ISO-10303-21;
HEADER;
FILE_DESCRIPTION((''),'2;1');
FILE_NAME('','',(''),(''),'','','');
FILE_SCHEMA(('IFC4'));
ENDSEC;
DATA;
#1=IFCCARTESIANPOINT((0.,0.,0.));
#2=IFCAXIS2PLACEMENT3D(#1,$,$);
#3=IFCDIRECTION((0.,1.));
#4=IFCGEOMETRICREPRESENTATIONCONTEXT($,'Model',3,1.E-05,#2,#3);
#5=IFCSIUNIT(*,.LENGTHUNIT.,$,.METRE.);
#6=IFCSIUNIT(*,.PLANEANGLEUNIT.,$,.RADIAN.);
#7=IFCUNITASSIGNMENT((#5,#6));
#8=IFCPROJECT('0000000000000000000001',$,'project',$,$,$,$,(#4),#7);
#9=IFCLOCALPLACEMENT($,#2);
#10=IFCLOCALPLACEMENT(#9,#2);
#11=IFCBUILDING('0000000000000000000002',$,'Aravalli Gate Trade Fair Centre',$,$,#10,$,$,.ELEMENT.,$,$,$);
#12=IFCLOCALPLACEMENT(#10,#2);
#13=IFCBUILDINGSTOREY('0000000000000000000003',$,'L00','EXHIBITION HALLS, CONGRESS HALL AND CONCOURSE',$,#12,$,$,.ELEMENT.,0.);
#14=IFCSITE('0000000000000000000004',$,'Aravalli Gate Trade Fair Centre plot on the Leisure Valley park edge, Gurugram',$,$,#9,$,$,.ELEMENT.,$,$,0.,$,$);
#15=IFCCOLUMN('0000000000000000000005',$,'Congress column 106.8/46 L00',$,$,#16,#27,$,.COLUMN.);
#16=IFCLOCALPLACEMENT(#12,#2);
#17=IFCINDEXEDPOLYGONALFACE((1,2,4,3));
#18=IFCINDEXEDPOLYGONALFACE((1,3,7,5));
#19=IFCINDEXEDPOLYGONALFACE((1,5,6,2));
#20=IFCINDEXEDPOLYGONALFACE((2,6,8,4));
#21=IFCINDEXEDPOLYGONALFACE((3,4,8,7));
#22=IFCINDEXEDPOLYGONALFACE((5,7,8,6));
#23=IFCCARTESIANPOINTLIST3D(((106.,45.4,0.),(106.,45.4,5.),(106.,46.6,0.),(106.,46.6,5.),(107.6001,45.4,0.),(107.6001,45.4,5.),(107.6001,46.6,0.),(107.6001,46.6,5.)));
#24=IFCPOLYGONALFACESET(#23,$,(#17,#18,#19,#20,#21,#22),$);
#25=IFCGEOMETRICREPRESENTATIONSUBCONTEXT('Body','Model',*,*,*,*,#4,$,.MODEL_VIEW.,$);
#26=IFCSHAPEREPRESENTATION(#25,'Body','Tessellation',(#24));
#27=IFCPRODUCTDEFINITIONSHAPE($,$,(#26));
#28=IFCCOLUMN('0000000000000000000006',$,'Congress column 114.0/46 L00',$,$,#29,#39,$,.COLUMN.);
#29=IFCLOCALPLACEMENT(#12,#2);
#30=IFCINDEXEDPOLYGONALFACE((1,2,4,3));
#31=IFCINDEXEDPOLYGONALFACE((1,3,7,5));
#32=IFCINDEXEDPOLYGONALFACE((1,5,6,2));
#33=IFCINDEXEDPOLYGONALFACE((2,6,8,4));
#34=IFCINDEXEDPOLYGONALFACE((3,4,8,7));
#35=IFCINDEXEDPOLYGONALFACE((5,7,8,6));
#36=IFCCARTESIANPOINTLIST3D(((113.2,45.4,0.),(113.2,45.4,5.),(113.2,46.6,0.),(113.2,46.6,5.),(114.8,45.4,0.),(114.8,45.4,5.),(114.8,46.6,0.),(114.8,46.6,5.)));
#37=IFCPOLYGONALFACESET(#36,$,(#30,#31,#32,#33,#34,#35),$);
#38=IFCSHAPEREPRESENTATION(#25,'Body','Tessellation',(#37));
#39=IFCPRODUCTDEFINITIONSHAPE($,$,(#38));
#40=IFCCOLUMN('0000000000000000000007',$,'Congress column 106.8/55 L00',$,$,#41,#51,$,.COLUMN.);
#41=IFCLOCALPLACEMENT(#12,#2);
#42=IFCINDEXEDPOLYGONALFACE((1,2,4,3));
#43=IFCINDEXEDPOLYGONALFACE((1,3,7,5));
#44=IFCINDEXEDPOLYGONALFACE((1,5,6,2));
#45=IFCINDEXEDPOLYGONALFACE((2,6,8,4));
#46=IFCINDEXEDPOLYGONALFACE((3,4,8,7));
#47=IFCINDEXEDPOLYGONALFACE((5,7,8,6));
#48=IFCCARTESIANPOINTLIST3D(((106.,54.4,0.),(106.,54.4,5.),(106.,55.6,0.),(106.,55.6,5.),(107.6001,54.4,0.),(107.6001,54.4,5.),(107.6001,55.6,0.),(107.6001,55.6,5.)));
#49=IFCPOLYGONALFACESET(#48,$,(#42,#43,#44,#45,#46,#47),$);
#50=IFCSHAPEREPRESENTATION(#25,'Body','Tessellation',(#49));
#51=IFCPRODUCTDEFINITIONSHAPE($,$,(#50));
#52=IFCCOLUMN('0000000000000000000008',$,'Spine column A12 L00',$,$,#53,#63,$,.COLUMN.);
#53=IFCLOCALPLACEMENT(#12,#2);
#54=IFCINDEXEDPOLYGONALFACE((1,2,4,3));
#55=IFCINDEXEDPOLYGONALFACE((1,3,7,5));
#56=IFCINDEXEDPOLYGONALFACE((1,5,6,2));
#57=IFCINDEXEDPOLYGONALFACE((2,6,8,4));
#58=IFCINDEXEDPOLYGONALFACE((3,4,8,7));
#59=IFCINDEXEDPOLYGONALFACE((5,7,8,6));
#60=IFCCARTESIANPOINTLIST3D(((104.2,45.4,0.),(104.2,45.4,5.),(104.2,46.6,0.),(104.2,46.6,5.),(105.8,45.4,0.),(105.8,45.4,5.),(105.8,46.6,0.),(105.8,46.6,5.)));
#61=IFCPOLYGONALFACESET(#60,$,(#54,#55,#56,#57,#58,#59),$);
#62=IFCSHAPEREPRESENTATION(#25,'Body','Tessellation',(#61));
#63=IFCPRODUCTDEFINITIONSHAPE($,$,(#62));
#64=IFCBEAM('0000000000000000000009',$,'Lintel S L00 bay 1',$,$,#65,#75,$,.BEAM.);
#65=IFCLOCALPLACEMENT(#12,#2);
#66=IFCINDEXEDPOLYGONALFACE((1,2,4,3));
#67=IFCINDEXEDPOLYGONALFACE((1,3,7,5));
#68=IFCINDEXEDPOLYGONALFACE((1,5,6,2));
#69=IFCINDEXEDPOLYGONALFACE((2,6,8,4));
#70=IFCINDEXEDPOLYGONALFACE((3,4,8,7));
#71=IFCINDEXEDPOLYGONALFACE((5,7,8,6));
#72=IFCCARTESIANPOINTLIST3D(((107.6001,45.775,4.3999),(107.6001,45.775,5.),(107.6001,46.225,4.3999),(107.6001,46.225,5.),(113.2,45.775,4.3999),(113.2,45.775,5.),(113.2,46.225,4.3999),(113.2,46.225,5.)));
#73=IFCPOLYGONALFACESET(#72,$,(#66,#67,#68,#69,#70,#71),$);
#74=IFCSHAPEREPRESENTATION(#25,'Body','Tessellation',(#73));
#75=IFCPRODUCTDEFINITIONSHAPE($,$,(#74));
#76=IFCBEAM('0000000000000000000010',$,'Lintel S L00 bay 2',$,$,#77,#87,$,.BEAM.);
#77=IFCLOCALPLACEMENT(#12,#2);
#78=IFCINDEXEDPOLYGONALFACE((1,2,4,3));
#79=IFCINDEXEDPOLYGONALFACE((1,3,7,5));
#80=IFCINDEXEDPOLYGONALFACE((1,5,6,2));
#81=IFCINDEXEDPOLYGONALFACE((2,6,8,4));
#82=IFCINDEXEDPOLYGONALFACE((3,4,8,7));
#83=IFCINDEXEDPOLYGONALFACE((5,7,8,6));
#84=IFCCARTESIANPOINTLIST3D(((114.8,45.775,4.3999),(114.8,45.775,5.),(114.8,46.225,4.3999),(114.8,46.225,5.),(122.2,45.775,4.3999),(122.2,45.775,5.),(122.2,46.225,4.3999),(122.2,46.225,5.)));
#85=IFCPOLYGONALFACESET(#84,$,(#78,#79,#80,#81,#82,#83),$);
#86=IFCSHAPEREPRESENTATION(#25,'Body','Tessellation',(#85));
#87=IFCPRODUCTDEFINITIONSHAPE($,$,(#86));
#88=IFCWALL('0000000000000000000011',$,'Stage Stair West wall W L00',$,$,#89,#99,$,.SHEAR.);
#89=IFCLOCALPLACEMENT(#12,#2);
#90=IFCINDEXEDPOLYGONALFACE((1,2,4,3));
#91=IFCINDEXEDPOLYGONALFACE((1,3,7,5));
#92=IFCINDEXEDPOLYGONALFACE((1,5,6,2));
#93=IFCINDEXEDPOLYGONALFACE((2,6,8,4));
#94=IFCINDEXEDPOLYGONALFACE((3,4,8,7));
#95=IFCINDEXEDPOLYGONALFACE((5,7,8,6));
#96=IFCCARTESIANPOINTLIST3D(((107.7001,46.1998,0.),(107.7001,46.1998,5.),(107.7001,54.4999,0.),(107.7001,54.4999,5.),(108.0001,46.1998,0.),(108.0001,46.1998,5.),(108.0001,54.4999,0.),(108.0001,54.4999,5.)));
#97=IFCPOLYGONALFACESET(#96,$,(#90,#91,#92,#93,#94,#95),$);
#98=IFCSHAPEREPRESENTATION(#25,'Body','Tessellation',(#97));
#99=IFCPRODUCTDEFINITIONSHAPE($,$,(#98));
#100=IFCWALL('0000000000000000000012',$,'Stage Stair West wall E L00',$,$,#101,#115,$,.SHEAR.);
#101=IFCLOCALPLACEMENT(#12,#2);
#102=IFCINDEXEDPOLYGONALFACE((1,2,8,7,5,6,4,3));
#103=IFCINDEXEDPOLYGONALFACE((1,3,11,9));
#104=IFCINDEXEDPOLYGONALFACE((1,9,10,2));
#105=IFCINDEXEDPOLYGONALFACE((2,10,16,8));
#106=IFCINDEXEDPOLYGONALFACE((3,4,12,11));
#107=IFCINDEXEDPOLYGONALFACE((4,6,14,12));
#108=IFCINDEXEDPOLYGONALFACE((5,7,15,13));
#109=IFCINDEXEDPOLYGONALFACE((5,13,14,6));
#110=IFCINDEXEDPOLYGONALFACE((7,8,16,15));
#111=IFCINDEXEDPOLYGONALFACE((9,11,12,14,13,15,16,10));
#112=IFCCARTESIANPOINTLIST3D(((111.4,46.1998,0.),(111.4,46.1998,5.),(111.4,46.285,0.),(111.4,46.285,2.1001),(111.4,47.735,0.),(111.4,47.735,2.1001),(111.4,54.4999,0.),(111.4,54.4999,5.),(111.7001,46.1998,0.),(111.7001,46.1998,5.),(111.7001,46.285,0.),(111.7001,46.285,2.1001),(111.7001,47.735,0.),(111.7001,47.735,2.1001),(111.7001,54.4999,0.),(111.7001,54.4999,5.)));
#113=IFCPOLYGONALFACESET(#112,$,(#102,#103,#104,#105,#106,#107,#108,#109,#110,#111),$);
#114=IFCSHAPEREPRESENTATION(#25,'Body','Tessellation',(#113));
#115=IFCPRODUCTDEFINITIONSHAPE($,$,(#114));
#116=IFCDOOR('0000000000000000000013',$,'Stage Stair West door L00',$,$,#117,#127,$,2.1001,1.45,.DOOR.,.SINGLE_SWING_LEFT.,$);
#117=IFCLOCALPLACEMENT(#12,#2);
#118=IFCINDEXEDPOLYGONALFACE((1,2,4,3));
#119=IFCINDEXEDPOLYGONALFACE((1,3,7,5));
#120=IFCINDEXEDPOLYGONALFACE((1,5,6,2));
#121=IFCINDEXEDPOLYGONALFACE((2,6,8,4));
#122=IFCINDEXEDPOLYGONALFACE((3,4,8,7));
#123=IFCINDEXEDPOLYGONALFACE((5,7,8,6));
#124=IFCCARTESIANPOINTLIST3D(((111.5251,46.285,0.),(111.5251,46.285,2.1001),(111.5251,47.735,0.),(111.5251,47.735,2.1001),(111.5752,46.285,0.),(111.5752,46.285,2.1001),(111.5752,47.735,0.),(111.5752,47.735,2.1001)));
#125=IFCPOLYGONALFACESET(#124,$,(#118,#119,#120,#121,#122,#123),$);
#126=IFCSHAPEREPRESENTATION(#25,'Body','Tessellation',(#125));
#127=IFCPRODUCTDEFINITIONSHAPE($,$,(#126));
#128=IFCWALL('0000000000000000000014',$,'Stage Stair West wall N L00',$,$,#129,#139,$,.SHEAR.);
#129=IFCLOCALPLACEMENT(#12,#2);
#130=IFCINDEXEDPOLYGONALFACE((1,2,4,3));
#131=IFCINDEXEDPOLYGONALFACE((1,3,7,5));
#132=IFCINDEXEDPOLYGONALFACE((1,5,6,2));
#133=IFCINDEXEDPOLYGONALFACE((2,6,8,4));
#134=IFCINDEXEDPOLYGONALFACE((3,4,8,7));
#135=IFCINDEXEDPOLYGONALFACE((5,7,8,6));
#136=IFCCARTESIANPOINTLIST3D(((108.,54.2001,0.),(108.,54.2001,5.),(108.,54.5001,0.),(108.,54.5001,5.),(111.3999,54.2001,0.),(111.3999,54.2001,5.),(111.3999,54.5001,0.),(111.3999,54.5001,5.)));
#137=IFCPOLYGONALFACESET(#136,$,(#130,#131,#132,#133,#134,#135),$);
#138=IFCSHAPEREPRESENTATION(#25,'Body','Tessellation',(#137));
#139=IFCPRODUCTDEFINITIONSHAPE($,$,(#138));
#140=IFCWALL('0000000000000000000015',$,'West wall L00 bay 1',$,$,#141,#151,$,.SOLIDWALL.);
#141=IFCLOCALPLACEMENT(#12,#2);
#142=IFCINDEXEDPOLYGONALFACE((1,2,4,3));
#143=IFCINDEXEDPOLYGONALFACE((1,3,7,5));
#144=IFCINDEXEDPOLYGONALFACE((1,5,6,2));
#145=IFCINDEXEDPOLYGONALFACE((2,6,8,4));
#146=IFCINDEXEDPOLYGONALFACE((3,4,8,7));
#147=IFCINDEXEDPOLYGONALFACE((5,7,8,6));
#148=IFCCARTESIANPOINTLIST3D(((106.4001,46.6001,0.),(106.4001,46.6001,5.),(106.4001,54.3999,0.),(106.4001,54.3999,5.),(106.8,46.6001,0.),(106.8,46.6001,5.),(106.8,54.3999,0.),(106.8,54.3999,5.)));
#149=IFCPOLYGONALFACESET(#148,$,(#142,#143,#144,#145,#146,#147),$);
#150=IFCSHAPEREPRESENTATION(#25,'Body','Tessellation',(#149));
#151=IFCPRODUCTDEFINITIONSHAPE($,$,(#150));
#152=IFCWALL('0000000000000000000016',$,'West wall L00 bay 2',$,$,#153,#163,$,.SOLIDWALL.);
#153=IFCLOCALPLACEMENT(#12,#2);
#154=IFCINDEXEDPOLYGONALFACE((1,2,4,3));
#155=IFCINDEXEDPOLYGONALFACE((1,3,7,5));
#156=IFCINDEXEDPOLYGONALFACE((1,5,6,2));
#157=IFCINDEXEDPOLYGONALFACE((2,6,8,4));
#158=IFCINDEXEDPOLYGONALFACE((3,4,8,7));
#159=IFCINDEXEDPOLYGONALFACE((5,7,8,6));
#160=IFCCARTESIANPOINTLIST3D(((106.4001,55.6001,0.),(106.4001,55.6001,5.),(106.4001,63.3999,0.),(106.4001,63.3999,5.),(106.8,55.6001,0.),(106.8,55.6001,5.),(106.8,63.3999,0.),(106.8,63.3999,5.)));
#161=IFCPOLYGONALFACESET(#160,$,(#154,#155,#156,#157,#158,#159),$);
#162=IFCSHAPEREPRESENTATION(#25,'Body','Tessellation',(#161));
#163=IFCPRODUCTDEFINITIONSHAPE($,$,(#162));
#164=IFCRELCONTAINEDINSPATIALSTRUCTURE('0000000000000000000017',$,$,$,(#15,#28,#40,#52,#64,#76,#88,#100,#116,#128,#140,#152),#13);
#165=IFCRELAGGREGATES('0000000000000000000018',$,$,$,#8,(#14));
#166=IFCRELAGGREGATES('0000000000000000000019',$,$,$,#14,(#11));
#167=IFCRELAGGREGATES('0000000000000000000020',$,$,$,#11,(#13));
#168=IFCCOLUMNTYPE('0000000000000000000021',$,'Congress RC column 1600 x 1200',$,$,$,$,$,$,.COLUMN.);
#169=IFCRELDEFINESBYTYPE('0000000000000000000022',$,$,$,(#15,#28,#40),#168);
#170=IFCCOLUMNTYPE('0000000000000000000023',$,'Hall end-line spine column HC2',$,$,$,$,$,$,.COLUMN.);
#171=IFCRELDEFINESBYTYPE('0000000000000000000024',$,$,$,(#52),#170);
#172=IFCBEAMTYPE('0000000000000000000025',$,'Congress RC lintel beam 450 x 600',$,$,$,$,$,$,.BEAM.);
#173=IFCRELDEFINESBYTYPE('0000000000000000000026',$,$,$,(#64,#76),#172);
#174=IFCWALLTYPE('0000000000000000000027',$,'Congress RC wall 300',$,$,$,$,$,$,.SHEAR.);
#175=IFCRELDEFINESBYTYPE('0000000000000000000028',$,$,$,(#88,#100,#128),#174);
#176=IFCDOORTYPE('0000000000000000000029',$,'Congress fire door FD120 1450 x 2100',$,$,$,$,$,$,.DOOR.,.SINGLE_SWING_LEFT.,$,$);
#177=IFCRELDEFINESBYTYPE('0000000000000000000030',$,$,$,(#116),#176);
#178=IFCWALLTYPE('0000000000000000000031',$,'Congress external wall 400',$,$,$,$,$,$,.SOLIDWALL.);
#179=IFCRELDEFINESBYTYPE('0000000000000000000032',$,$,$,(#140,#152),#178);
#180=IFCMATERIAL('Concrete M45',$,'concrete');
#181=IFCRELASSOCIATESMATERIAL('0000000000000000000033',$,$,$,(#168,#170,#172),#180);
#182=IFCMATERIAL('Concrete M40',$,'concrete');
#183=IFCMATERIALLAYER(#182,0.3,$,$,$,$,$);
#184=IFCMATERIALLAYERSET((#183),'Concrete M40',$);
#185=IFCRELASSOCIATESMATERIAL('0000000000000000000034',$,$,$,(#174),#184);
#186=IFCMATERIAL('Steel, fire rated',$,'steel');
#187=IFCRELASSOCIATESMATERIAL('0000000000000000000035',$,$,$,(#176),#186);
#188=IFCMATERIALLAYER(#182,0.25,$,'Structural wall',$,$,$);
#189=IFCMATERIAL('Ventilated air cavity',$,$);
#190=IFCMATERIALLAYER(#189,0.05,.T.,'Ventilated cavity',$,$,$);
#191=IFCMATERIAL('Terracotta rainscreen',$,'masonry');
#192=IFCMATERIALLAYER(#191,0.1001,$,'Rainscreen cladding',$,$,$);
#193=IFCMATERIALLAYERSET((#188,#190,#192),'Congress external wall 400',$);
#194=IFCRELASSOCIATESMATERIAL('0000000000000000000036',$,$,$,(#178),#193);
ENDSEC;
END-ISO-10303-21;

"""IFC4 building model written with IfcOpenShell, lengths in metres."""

from ifc_helpers import new_model, si_unit, direction, frame, frame_2d, origin, origin_2d, place, context, subcontext, project, spatial, rectangle, extrude, material, layer, layer_set, material_profile, profile_set, type_object, element, fill, save


model = new_model("IFC4")

# Units and contexts
model_context = context("Model", 3, precision=1e-05, world=origin(), true_north=direction((0.0, 1.0)))
body_context = subcontext(model_context, "Body", "Model", "MODEL_VIEW")
ifc_project = project(units=[si_unit("LENGTHUNIT", "METRE"), si_unit("PLANEANGLEUNIT", "RADIAN")], contexts=[model_context])

# Site, building, storey
site_placement = place(None, origin())
site = spatial("IfcSite", under=ifc_project, at=site_placement, Name="Aravalli Gate Trade Fair Centre plot on the Leisure Valley park edge, Gurugram", CompositionType="ELEMENT", RefElevation=0.0)
building_placement = place(site_placement, origin())
building = spatial("IfcBuilding", under=site, at=building_placement, Name="Aravalli Gate Trade Fair Centre", CompositionType="ELEMENT")
storey_placement = place(building_placement, origin())
storey = spatial("IfcBuildingStorey", under=building, at=storey_placement, Name="L00", Description="EXHIBITION HALLS, CONGRESS HALL AND CONCOURSE", CompositionType="ELEMENT", Elevation=0.0)

# Columns
ifc_material_1 = material(Name="Concrete M45", Category="concrete")
ifc_material_profile_1 = material_profile(ifc_material_1, rectangle(XDim=1.6001, YDim=1.2, at=origin_2d()), Name="RC 1600x1200")
ifc_profile_set_1 = profile_set([ifc_material_profile_1], Name="Concrete M45")
column_type_1 = type_object("IfcColumnType", Name="Congress RC column 1600 x 1200", PredefinedType="COLUMN", material=ifc_profile_set_1)
for number, where, z_axis, x_axis, name in (
    (1, (106.8, 46.0, 0.0), (0.0, 0.0, 1.0), (1.0, 0.0, 0.0), "Congress column 106.8/46 L00"),
    (2, (114.0, 46.0, 0.0), (0.0, 0.0, 1.0), (1.0, 0.0, 0.0), "Congress column 114.0/46 L00"),
    (3, (106.8, 55.0, 0.0), (0.0, 0.0, 1.0), (1.0, 0.0, 0.0), "Congress column 106.8/55 L00"),
):
    element("IfcColumn", number, at=place(storey_placement, frame(where, z_axis=z_axis, x_axis=x_axis)), inside=storey, type_object=column_type_1, Name=name, PredefinedType="COLUMN", context=body_context, shape_type="SweptSolid", body=[
        extrude(rectangle(XDim=1.6001, YDim=1.2, at=origin_2d()), origin(), (0.0, 0.0, 1.0), 5.0),
    ])
ifc_material_profile_2 = material_profile(ifc_material_1, rectangle(XDim=1.6001, YDim=1.2, at=origin_2d()), Name="RC 1600x1200")
ifc_profile_set_2 = profile_set([ifc_material_profile_2], Name="Concrete M45")
column_type_2 = type_object("IfcColumnType", Name="Hall end-line spine column HC2", PredefinedType="COLUMN", material=ifc_profile_set_2)
column_placement = place(storey_placement, frame((105.0, 46.0, 0.0), z_axis=(0.0, 0.0, 1.0), x_axis=(1.0, 0.0, 0.0)))
element("IfcColumn", 4, at=column_placement, inside=storey, type_object=column_type_2, Name="Spine column A12 L00", PredefinedType="COLUMN", context=body_context, shape_type="SweptSolid", body=[
    extrude(rectangle(XDim=1.6001, YDim=1.2, at=origin_2d()), origin(), (0.0, 0.0, 1.0), 5.0),
])

# Beams
ifc_material_profile_3 = material_profile(ifc_material_1, rectangle(XDim=0.45, YDim=0.6001, at=origin_2d()), Name="RC 450x600")
ifc_profile_set_3 = profile_set([ifc_material_profile_3], Name="Concrete M45")
beam_type = type_object("IfcBeamType", Name="Congress RC lintel beam 450 x 600", PredefinedType="BEAM", material=ifc_profile_set_3)
beam_1_placement = place(storey_placement, frame((107.6001, 46.0, 4.7), z_axis=(1.0, 0.0, 0.0), x_axis=(0.0, 1.0, 0.0)))
element("IfcBeam", 5, at=beam_1_placement, inside=storey, type_object=beam_type, Name="Lintel S L00 bay 1", PredefinedType="BEAM", context=body_context, shape_type="SweptSolid", body=[
    extrude(rectangle(XDim=0.45, YDim=0.6001, at=origin_2d()), origin(), (0.0, 0.0, 1.0), 5.5999),
])
beam_2_placement = place(storey_placement, frame((114.8, 46.0, 4.7), z_axis=(1.0, 0.0, 0.0), x_axis=(0.0, 1.0, 0.0)))
element("IfcBeam", 6, at=beam_2_placement, inside=storey, type_object=beam_type, Name="Lintel S L00 bay 2", PredefinedType="BEAM", context=body_context, shape_type="SweptSolid", body=[
    extrude(rectangle(XDim=0.45, YDim=0.6001, at=origin_2d()), origin(), (0.0, 0.0, 1.0), 7.3999),
])

# Wall
ifc_material_2 = material(Name="Concrete M40", Category="concrete")
ifc_layer_1 = layer(ifc_material_2, 0.3)
ifc_layer_set_1 = layer_set([ifc_layer_1], Name="Concrete M40")
wall_type_1 = type_object("IfcWallType", Name="Congress RC wall 300", PredefinedType="SHEAR", material=ifc_layer_set_1)
wall_1_placement = place(storey_placement, frame((107.8501, 46.2, 0.0), z_axis=(0.0, 0.0, 1.0), x_axis=(0.0, 1.0, 0.0)))
element("IfcWall", 7, at=wall_1_placement, inside=storey, type_object=wall_type_1, Name="Stage Stair West wall W L00", PredefinedType="SHEAR", context=body_context, shape_type="SweptSolid", body=[
    extrude(rectangle(XDim=8.3, YDim=0.3, at=frame_2d((4.1499, 0.0))), origin(), (0.0, 0.0, 1.0), 5.0),
])

# Wall, opening, door
wall_2_placement = place(storey_placement, frame((111.55, 46.2, 0.0), z_axis=(0.0, 0.0, 1.0), x_axis=(0.0, 1.0, 0.0)))
wall_2 = element("IfcWall", 8, at=wall_2_placement, inside=storey, type_object=wall_type_1, Name="Stage Stair West wall E L00", PredefinedType="SHEAR", context=body_context, shape_type="SweptSolid", body=[
    extrude(rectangle(XDim=8.3, YDim=0.3, at=frame_2d((4.1499, 0.0))), origin(), (0.0, 0.0, 1.0), 5.0),
])
opening_1_placement = place(wall_2_placement, frame((0.085, 0.0, 0.0)))
opening_1 = element("IfcOpeningElement", 9, at=opening_1_placement, cuts=wall_2, PredefinedType="OPENING", context=body_context, shape_type="SweptSolid", body=[
    extrude(rectangle(XDim=1.45, YDim=2.1001, at=frame_2d((0.7251, 1.05))), frame((0.0, 0.1599, 0.0), z_axis=(0.0, -1.0, 0.0), x_axis=(1.0, 0.0, 0.0)), (0.0, 0.0, 1.0), 0.3201),
])
ifc_material_3 = material(Name="Steel, fire rated", Category="steel")
door_type_1 = type_object("IfcDoorType", Name="Congress fire door FD120 1450 x 2100", OperationType="SINGLE_SWING_LEFT", PredefinedType="DOOR", material=ifc_material_3)
door_1_placement = place(opening_1_placement, origin())
door_1 = element("IfcDoor", 10, at=door_1_placement, inside=storey, type_object=door_type_1, Name="Stage Stair West door L00", OperationType="SINGLE_SWING_LEFT", OverallHeight=2.1001, OverallWidth=1.45, PredefinedType="DOOR", context=body_context, shape_type="SweptSolid", body=[
    extrude(rectangle(XDim=1.45, YDim=2.1001, at=frame_2d((0.7251, 1.05))), frame((0.0, 0.0249, 0.0), z_axis=(0.0, -1.0, 0.0), x_axis=(1.0, 0.0, 0.0)), (0.0, 0.0, 1.0), 0.05),
])
fill(opening_1, door_1)

# Wall
wall_3_placement = place(storey_placement, frame((108.0, 54.3501, 0.0), z_axis=(0.0, 0.0, 1.0), x_axis=(1.0, 0.0, 0.0)))
element("IfcWall", 11, at=wall_3_placement, inside=storey, type_object=wall_type_1, Name="Stage Stair West wall N L00", PredefinedType="SHEAR", context=body_context, shape_type="SweptSolid", body=[
    extrude(rectangle(XDim=3.3999, YDim=0.3, at=frame_2d((1.7, 0.0))), origin(), (0.0, 0.0, 1.0), 5.0),
])

# Walls
ifc_layer_2 = layer(ifc_material_2, 0.25, Name="Structural wall")
ifc_material_4 = material(Name="Ventilated air cavity")
ifc_layer_3 = layer(ifc_material_4, 0.05, ventilated=True, Name="Ventilated cavity")
ifc_material_5 = material(Name="Terracotta rainscreen", Category="masonry")
ifc_layer_4 = layer(ifc_material_5, 0.1001, Name="Rainscreen cladding")
ifc_layer_set_2 = layer_set([ifc_layer_2, ifc_layer_3, ifc_layer_4], Name="Congress external wall 400")
wall_type_2 = type_object("IfcWallType", Name="Congress external wall 400", PredefinedType="SOLIDWALL", material=ifc_layer_set_2)
for number, where, z_axis, x_axis, name in (
    (12, (106.6001, 46.6001, 0.0), (0.0, 0.0, 1.0), (0.0, 1.0, 0.0), "West wall L00 bay 1"),
    (13, (106.6001, 55.6001, 0.0), (0.0, 0.0, 1.0), (0.0, 1.0, 0.0), "West wall L00 bay 2"),
):
    element("IfcWall", number, at=place(storey_placement, frame(where, z_axis=z_axis, x_axis=x_axis)), inside=storey, type_object=wall_type_2, Name=name, PredefinedType="SOLIDWALL", context=body_context, shape_type="SweptSolid", body=[
        extrude(rectangle(XDim=7.7998, YDim=0.3999, at=frame_2d((3.8999, 0.0))), origin(), (0.0, 0.0, 1.0), 5.0),
    ])

save(model, "model.ifc")
